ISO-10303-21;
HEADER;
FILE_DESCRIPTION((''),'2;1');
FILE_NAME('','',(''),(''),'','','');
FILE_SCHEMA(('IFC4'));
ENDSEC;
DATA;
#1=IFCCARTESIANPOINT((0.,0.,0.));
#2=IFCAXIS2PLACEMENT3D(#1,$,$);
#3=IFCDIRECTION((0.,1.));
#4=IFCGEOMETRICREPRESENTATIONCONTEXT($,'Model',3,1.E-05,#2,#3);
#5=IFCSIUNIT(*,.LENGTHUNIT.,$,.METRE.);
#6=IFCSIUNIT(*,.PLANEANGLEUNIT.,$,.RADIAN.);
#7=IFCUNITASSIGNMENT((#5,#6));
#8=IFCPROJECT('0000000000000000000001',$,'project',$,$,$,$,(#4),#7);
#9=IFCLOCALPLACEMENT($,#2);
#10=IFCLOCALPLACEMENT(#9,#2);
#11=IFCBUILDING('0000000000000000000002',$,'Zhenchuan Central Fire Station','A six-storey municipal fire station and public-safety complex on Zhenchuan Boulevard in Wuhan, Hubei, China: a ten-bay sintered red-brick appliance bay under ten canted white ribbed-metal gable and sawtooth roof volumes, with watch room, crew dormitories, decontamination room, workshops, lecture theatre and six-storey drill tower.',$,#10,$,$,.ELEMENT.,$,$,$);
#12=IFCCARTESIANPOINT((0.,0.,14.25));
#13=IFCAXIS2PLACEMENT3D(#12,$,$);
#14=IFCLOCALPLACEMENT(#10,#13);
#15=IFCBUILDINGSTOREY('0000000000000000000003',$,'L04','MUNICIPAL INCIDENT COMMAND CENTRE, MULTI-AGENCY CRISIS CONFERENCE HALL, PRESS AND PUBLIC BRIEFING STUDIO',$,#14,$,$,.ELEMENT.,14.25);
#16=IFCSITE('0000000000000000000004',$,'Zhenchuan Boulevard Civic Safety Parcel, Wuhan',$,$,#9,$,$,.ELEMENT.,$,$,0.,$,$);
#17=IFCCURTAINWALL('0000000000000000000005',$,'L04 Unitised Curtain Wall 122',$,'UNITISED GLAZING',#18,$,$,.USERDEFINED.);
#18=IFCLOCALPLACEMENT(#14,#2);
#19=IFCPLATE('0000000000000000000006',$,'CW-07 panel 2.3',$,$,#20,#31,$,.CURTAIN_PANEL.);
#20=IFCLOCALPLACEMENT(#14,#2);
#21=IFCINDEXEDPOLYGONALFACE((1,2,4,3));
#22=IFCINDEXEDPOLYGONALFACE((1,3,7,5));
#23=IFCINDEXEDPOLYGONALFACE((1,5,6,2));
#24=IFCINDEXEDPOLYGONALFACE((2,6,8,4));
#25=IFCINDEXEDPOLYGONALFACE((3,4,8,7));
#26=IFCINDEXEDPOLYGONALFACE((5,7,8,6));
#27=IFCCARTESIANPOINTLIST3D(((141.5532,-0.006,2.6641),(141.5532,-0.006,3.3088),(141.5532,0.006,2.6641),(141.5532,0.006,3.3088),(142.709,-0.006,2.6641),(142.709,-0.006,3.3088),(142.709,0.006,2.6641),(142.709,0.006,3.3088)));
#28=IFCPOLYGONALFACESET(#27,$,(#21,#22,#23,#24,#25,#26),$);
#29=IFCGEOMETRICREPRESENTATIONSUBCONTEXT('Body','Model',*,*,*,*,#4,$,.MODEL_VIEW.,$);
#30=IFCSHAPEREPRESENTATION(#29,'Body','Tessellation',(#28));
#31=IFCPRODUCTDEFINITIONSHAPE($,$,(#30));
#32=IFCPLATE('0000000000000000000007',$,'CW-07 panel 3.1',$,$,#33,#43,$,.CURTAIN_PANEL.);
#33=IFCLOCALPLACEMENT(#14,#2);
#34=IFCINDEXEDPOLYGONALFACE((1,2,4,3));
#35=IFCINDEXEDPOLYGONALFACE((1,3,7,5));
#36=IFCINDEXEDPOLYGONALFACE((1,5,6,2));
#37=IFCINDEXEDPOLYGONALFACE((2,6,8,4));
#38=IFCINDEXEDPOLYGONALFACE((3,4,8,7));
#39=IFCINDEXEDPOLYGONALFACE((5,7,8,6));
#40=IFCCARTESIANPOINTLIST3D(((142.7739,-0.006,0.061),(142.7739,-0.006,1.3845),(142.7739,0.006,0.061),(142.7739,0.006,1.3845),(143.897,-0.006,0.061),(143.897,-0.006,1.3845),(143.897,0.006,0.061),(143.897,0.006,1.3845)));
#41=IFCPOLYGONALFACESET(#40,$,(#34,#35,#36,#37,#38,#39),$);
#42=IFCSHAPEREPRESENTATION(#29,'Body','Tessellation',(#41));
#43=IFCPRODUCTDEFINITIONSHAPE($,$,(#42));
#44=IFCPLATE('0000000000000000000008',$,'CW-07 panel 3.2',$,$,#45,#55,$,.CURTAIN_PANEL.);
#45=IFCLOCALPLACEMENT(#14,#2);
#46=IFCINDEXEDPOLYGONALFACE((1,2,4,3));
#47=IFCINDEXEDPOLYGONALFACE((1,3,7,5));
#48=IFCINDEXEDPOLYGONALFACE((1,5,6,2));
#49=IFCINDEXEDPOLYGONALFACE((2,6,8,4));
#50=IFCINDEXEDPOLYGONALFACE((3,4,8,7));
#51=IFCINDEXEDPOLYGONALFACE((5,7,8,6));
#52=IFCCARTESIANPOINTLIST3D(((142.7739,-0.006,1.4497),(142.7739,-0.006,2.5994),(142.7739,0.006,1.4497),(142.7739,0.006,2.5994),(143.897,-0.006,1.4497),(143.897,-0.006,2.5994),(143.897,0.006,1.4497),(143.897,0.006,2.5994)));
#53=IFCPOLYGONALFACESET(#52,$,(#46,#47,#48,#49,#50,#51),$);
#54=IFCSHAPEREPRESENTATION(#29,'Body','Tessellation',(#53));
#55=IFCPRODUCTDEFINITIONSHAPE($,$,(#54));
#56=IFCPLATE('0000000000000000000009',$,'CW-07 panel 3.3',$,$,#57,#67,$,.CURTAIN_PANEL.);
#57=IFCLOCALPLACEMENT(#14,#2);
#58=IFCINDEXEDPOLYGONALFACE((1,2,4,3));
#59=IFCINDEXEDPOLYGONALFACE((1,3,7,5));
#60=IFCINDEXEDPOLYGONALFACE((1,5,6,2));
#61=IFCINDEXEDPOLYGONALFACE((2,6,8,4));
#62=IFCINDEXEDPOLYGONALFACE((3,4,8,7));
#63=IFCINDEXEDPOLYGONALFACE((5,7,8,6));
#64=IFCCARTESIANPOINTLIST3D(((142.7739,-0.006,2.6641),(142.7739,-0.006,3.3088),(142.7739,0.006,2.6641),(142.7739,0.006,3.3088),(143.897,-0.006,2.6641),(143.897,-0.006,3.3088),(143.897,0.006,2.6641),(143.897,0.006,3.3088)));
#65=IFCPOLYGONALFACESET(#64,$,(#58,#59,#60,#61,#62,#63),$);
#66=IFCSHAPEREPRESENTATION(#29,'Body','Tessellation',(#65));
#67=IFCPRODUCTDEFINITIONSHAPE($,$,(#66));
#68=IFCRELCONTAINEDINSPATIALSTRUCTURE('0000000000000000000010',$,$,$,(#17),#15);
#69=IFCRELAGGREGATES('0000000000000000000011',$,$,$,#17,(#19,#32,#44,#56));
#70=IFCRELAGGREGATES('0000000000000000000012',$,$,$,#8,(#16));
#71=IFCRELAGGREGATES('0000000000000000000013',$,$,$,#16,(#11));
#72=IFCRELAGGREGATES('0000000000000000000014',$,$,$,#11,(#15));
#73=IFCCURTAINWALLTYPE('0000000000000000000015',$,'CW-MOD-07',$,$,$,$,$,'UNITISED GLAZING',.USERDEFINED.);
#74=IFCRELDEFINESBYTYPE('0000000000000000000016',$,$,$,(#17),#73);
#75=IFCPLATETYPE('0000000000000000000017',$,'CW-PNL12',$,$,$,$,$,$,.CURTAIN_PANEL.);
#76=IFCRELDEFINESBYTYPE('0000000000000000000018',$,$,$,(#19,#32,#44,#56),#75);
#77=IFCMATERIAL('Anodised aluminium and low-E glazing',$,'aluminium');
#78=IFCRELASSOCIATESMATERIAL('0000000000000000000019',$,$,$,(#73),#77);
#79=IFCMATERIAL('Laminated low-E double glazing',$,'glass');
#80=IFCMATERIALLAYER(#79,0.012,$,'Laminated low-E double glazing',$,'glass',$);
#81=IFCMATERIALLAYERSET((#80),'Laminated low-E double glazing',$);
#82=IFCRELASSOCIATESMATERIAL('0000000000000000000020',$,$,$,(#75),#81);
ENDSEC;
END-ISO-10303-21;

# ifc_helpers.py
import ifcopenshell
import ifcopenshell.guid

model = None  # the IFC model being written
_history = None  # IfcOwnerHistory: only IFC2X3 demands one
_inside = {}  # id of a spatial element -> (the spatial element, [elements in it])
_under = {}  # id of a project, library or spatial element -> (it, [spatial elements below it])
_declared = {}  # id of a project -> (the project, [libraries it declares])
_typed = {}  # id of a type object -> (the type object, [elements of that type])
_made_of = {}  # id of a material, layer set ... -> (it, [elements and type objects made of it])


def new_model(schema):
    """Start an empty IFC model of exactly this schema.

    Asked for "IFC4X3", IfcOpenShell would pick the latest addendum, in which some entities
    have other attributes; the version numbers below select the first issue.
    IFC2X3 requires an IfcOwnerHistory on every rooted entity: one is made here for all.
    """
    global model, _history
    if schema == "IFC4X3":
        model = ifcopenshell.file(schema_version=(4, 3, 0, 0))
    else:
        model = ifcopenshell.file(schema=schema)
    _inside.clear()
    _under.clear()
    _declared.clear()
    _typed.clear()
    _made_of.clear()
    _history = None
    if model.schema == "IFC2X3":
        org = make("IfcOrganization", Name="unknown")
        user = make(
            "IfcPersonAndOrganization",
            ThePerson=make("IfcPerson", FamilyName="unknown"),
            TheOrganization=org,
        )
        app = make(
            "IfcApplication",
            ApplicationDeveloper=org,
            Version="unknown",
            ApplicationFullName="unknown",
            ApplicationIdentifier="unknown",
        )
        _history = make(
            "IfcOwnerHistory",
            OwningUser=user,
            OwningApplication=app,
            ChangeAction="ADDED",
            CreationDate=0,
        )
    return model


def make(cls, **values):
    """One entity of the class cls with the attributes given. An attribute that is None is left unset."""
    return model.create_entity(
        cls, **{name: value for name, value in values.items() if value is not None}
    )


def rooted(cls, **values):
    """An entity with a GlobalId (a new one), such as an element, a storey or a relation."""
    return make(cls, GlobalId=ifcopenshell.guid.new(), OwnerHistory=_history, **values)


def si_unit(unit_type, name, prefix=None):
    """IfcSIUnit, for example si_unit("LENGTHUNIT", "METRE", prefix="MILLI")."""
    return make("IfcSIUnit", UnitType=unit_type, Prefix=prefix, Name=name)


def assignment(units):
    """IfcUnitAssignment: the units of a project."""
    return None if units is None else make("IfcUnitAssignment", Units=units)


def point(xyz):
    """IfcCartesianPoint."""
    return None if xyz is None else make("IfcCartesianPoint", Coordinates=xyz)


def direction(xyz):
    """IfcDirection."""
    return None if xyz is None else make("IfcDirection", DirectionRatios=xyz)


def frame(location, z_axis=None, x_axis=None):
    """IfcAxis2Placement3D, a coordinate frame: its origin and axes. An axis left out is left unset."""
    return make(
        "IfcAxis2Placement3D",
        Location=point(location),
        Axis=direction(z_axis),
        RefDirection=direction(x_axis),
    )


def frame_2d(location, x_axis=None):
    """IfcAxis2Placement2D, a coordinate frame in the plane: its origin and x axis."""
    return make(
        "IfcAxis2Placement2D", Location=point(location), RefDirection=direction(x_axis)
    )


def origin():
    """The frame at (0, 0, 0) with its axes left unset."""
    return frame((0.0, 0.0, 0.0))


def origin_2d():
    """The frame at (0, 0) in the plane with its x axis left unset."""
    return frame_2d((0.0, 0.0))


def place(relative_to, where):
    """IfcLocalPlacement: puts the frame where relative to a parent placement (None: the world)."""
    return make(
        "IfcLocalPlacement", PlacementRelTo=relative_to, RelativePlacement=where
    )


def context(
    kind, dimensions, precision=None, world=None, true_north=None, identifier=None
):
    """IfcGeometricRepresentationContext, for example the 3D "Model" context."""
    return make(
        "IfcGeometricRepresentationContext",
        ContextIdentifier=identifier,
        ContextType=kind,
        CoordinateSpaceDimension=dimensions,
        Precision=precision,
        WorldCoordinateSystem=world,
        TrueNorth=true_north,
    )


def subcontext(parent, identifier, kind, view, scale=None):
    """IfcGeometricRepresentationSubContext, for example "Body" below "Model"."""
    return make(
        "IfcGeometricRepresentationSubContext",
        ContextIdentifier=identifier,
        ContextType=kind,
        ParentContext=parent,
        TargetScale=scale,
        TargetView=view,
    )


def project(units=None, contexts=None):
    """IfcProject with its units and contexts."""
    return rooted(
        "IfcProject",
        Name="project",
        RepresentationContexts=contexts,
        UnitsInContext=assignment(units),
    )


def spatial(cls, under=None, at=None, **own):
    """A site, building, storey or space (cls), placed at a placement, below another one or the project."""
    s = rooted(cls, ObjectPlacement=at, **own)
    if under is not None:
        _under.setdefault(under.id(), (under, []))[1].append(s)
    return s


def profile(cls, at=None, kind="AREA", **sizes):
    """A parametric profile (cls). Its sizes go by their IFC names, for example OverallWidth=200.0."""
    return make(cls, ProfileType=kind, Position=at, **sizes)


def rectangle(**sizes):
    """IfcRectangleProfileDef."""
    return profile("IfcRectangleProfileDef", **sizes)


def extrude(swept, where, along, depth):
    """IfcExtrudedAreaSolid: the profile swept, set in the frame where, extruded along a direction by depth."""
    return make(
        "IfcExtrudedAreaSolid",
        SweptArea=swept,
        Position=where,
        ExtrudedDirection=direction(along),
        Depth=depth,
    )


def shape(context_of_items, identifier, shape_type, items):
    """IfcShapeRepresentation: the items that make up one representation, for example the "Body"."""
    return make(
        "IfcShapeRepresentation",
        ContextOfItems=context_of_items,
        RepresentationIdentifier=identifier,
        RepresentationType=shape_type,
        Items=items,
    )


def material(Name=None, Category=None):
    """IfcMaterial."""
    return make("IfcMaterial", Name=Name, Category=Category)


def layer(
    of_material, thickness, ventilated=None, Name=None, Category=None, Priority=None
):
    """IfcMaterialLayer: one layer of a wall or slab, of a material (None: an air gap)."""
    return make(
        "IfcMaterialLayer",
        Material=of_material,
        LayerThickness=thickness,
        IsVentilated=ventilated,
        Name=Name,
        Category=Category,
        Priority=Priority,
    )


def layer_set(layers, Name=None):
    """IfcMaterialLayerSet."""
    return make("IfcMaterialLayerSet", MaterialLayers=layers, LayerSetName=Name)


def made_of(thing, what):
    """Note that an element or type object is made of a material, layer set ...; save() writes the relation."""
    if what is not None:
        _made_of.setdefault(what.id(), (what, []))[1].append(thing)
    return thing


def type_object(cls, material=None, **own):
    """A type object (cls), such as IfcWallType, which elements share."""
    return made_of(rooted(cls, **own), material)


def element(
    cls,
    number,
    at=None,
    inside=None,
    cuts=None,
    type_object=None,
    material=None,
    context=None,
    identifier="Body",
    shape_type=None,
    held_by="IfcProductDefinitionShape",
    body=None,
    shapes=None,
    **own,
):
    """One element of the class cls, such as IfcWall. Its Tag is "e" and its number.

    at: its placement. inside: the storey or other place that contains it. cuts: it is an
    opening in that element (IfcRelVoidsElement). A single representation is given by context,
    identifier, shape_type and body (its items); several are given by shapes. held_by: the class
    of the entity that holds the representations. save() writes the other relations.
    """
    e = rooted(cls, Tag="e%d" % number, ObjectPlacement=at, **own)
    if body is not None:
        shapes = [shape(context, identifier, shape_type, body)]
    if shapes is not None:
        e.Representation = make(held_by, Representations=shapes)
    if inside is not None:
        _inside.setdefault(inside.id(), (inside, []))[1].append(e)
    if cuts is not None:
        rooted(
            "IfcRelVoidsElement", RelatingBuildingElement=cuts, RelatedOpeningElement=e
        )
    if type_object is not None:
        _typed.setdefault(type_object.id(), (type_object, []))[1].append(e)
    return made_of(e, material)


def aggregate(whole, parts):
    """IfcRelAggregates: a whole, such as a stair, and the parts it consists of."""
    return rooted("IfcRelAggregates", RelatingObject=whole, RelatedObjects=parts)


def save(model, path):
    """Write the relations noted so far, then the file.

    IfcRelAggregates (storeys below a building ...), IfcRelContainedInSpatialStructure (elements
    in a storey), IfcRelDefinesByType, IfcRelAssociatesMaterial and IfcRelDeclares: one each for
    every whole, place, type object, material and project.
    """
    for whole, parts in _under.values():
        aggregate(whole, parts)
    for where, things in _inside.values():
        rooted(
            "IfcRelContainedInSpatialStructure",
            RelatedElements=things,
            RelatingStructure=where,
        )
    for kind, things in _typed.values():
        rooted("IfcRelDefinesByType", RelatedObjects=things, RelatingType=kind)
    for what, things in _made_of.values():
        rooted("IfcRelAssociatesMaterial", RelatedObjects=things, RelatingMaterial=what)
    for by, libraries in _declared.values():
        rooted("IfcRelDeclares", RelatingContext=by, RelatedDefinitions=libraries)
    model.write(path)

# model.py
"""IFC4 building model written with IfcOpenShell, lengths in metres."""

from ifc_helpers import new_model, si_unit, direction, frame, origin, origin_2d, place, context, subcontext, project, spatial, rectangle, extrude, material, layer, layer_set, type_object, element, aggregate, save


model = new_model("IFC4")

# Units and contexts
model_context = context("Model", 3, precision=1e-05, world=origin(), true_north=direction((0.0, 1.0)))
body_context = subcontext(model_context, "Body", "Model", "MODEL_VIEW")
ifc_project = project(units=[si_unit("LENGTHUNIT", "METRE"), si_unit("PLANEANGLEUNIT", "RADIAN")], contexts=[model_context])

# Site, building, storey
site_placement = place(None, origin())
site = spatial("IfcSite", under=ifc_project, at=site_placement, Name="Zhenchuan Boulevard Civic Safety Parcel, Wuhan", CompositionType="ELEMENT", RefElevation=0.0)
building_placement = place(site_placement, origin())
building = spatial("IfcBuilding", under=site, at=building_placement, Name="Zhenchuan Central Fire Station", Description="A six-storey municipal fire station and public-safety complex on Zhenchuan Boulevard in Wuhan, Hubei, China: a ten-bay sintered red-brick appliance bay under ten canted white ribbed-metal gable and sawtooth roof volumes, with watch room, crew dormitories, decontamination room, workshops, lecture theatre and six-storey drill tower.", CompositionType="ELEMENT")
storey_placement = place(building_placement, frame((0.0, 0.0, 14.25)))
storey = spatial("IfcBuildingStorey", under=building, at=storey_placement, Name="L04", Description="MUNICIPAL INCIDENT COMMAND CENTRE, MULTI-AGENCY CRISIS CONFERENCE HALL, PRESS AND PUBLIC BRIEFING STUDIO", CompositionType="ELEMENT", Elevation=14.25)

# Curtain wall, plates
ifc_material_1 = material(Name="Anodised aluminium and low-E glazing", Category="aluminium")
curtain_wall_type = type_object("IfcCurtainWallType", Name="CW-MOD-07", ElementType="UNITISED GLAZING", PredefinedType="USERDEFINED", material=ifc_material_1)
curtain_wall_placement = place(storey_placement, origin())
curtain_wall = element("IfcCurtainWall", 1, at=curtain_wall_placement, inside=storey, type_object=curtain_wall_type, Name="L04 Unitised Curtain Wall 122", ObjectType="UNITISED GLAZING", PredefinedType="USERDEFINED")
ifc_material_2 = material(Name="Laminated low-E double glazing", Category="glass")
ifc_layer = layer(ifc_material_2, 0.012, Name="Laminated low-E double glazing", Category="glass")
ifc_layer_set = layer_set([ifc_layer], Name="Laminated low-E double glazing")
plate_type = type_object("IfcPlateType", Name="CW-PNL12", PredefinedType="CURTAIN_PANEL", material=ifc_layer_set)
plate_1_placement = place(storey_placement, frame((142.1311, 0.0, 2.6641), z_axis=(0.0, 0.0, 1.0), x_axis=(1.0, 0.0, 0.0)))
plate_1 = element("IfcPlate", 2, at=plate_1_placement, type_object=plate_type, Name="CW-07 panel 2.3", PredefinedType="CURTAIN_PANEL", context=body_context, shape_type="SweptSolid", body=[
    extrude(rectangle(XDim=1.1558, YDim=0.012, at=origin_2d()), origin(), (0.0, 0.0, 1.0), 0.6448),
])
plate_2_placement = place(storey_placement, frame((143.3354, 0.0, 0.061), z_axis=(0.0, 0.0, 1.0), x_axis=(1.0, 0.0, 0.0)))
plate_2 = element("IfcPlate", 3, at=plate_2_placement, type_object=plate_type, Name="CW-07 panel 3.1", PredefinedType="CURTAIN_PANEL", context=body_context, shape_type="SweptSolid", body=[
    extrude(rectangle(XDim=1.123, YDim=0.012, at=origin_2d()), origin(), (0.0, 0.0, 1.0), 1.3235),
])
plate_3_placement = place(storey_placement, frame((143.3354, 0.0, 1.4497), z_axis=(0.0, 0.0, 1.0), x_axis=(1.0, 0.0, 0.0)))
plate_3 = element("IfcPlate", 4, at=plate_3_placement, type_object=plate_type, Name="CW-07 panel 3.2", PredefinedType="CURTAIN_PANEL", context=body_context, shape_type="SweptSolid", body=[
    extrude(rectangle(XDim=1.123, YDim=0.012, at=origin_2d()), origin(), (0.0, 0.0, 1.0), 1.1497),
])
plate_4_placement = place(storey_placement, frame((143.3354, 0.0, 2.6641), z_axis=(0.0, 0.0, 1.0), x_axis=(1.0, 0.0, 0.0)))
plate_4 = element("IfcPlate", 5, at=plate_4_placement, type_object=plate_type, Name="CW-07 panel 3.3", PredefinedType="CURTAIN_PANEL", context=body_context, shape_type="SweptSolid", body=[
    extrude(rectangle(XDim=1.123, YDim=0.012, at=origin_2d()), origin(), (0.0, 0.0, 1.0), 0.6448),
])
aggregate(curtain_wall, [plate_1, plate_2, plate_3, plate_4])

save(model, "model.ifc")
